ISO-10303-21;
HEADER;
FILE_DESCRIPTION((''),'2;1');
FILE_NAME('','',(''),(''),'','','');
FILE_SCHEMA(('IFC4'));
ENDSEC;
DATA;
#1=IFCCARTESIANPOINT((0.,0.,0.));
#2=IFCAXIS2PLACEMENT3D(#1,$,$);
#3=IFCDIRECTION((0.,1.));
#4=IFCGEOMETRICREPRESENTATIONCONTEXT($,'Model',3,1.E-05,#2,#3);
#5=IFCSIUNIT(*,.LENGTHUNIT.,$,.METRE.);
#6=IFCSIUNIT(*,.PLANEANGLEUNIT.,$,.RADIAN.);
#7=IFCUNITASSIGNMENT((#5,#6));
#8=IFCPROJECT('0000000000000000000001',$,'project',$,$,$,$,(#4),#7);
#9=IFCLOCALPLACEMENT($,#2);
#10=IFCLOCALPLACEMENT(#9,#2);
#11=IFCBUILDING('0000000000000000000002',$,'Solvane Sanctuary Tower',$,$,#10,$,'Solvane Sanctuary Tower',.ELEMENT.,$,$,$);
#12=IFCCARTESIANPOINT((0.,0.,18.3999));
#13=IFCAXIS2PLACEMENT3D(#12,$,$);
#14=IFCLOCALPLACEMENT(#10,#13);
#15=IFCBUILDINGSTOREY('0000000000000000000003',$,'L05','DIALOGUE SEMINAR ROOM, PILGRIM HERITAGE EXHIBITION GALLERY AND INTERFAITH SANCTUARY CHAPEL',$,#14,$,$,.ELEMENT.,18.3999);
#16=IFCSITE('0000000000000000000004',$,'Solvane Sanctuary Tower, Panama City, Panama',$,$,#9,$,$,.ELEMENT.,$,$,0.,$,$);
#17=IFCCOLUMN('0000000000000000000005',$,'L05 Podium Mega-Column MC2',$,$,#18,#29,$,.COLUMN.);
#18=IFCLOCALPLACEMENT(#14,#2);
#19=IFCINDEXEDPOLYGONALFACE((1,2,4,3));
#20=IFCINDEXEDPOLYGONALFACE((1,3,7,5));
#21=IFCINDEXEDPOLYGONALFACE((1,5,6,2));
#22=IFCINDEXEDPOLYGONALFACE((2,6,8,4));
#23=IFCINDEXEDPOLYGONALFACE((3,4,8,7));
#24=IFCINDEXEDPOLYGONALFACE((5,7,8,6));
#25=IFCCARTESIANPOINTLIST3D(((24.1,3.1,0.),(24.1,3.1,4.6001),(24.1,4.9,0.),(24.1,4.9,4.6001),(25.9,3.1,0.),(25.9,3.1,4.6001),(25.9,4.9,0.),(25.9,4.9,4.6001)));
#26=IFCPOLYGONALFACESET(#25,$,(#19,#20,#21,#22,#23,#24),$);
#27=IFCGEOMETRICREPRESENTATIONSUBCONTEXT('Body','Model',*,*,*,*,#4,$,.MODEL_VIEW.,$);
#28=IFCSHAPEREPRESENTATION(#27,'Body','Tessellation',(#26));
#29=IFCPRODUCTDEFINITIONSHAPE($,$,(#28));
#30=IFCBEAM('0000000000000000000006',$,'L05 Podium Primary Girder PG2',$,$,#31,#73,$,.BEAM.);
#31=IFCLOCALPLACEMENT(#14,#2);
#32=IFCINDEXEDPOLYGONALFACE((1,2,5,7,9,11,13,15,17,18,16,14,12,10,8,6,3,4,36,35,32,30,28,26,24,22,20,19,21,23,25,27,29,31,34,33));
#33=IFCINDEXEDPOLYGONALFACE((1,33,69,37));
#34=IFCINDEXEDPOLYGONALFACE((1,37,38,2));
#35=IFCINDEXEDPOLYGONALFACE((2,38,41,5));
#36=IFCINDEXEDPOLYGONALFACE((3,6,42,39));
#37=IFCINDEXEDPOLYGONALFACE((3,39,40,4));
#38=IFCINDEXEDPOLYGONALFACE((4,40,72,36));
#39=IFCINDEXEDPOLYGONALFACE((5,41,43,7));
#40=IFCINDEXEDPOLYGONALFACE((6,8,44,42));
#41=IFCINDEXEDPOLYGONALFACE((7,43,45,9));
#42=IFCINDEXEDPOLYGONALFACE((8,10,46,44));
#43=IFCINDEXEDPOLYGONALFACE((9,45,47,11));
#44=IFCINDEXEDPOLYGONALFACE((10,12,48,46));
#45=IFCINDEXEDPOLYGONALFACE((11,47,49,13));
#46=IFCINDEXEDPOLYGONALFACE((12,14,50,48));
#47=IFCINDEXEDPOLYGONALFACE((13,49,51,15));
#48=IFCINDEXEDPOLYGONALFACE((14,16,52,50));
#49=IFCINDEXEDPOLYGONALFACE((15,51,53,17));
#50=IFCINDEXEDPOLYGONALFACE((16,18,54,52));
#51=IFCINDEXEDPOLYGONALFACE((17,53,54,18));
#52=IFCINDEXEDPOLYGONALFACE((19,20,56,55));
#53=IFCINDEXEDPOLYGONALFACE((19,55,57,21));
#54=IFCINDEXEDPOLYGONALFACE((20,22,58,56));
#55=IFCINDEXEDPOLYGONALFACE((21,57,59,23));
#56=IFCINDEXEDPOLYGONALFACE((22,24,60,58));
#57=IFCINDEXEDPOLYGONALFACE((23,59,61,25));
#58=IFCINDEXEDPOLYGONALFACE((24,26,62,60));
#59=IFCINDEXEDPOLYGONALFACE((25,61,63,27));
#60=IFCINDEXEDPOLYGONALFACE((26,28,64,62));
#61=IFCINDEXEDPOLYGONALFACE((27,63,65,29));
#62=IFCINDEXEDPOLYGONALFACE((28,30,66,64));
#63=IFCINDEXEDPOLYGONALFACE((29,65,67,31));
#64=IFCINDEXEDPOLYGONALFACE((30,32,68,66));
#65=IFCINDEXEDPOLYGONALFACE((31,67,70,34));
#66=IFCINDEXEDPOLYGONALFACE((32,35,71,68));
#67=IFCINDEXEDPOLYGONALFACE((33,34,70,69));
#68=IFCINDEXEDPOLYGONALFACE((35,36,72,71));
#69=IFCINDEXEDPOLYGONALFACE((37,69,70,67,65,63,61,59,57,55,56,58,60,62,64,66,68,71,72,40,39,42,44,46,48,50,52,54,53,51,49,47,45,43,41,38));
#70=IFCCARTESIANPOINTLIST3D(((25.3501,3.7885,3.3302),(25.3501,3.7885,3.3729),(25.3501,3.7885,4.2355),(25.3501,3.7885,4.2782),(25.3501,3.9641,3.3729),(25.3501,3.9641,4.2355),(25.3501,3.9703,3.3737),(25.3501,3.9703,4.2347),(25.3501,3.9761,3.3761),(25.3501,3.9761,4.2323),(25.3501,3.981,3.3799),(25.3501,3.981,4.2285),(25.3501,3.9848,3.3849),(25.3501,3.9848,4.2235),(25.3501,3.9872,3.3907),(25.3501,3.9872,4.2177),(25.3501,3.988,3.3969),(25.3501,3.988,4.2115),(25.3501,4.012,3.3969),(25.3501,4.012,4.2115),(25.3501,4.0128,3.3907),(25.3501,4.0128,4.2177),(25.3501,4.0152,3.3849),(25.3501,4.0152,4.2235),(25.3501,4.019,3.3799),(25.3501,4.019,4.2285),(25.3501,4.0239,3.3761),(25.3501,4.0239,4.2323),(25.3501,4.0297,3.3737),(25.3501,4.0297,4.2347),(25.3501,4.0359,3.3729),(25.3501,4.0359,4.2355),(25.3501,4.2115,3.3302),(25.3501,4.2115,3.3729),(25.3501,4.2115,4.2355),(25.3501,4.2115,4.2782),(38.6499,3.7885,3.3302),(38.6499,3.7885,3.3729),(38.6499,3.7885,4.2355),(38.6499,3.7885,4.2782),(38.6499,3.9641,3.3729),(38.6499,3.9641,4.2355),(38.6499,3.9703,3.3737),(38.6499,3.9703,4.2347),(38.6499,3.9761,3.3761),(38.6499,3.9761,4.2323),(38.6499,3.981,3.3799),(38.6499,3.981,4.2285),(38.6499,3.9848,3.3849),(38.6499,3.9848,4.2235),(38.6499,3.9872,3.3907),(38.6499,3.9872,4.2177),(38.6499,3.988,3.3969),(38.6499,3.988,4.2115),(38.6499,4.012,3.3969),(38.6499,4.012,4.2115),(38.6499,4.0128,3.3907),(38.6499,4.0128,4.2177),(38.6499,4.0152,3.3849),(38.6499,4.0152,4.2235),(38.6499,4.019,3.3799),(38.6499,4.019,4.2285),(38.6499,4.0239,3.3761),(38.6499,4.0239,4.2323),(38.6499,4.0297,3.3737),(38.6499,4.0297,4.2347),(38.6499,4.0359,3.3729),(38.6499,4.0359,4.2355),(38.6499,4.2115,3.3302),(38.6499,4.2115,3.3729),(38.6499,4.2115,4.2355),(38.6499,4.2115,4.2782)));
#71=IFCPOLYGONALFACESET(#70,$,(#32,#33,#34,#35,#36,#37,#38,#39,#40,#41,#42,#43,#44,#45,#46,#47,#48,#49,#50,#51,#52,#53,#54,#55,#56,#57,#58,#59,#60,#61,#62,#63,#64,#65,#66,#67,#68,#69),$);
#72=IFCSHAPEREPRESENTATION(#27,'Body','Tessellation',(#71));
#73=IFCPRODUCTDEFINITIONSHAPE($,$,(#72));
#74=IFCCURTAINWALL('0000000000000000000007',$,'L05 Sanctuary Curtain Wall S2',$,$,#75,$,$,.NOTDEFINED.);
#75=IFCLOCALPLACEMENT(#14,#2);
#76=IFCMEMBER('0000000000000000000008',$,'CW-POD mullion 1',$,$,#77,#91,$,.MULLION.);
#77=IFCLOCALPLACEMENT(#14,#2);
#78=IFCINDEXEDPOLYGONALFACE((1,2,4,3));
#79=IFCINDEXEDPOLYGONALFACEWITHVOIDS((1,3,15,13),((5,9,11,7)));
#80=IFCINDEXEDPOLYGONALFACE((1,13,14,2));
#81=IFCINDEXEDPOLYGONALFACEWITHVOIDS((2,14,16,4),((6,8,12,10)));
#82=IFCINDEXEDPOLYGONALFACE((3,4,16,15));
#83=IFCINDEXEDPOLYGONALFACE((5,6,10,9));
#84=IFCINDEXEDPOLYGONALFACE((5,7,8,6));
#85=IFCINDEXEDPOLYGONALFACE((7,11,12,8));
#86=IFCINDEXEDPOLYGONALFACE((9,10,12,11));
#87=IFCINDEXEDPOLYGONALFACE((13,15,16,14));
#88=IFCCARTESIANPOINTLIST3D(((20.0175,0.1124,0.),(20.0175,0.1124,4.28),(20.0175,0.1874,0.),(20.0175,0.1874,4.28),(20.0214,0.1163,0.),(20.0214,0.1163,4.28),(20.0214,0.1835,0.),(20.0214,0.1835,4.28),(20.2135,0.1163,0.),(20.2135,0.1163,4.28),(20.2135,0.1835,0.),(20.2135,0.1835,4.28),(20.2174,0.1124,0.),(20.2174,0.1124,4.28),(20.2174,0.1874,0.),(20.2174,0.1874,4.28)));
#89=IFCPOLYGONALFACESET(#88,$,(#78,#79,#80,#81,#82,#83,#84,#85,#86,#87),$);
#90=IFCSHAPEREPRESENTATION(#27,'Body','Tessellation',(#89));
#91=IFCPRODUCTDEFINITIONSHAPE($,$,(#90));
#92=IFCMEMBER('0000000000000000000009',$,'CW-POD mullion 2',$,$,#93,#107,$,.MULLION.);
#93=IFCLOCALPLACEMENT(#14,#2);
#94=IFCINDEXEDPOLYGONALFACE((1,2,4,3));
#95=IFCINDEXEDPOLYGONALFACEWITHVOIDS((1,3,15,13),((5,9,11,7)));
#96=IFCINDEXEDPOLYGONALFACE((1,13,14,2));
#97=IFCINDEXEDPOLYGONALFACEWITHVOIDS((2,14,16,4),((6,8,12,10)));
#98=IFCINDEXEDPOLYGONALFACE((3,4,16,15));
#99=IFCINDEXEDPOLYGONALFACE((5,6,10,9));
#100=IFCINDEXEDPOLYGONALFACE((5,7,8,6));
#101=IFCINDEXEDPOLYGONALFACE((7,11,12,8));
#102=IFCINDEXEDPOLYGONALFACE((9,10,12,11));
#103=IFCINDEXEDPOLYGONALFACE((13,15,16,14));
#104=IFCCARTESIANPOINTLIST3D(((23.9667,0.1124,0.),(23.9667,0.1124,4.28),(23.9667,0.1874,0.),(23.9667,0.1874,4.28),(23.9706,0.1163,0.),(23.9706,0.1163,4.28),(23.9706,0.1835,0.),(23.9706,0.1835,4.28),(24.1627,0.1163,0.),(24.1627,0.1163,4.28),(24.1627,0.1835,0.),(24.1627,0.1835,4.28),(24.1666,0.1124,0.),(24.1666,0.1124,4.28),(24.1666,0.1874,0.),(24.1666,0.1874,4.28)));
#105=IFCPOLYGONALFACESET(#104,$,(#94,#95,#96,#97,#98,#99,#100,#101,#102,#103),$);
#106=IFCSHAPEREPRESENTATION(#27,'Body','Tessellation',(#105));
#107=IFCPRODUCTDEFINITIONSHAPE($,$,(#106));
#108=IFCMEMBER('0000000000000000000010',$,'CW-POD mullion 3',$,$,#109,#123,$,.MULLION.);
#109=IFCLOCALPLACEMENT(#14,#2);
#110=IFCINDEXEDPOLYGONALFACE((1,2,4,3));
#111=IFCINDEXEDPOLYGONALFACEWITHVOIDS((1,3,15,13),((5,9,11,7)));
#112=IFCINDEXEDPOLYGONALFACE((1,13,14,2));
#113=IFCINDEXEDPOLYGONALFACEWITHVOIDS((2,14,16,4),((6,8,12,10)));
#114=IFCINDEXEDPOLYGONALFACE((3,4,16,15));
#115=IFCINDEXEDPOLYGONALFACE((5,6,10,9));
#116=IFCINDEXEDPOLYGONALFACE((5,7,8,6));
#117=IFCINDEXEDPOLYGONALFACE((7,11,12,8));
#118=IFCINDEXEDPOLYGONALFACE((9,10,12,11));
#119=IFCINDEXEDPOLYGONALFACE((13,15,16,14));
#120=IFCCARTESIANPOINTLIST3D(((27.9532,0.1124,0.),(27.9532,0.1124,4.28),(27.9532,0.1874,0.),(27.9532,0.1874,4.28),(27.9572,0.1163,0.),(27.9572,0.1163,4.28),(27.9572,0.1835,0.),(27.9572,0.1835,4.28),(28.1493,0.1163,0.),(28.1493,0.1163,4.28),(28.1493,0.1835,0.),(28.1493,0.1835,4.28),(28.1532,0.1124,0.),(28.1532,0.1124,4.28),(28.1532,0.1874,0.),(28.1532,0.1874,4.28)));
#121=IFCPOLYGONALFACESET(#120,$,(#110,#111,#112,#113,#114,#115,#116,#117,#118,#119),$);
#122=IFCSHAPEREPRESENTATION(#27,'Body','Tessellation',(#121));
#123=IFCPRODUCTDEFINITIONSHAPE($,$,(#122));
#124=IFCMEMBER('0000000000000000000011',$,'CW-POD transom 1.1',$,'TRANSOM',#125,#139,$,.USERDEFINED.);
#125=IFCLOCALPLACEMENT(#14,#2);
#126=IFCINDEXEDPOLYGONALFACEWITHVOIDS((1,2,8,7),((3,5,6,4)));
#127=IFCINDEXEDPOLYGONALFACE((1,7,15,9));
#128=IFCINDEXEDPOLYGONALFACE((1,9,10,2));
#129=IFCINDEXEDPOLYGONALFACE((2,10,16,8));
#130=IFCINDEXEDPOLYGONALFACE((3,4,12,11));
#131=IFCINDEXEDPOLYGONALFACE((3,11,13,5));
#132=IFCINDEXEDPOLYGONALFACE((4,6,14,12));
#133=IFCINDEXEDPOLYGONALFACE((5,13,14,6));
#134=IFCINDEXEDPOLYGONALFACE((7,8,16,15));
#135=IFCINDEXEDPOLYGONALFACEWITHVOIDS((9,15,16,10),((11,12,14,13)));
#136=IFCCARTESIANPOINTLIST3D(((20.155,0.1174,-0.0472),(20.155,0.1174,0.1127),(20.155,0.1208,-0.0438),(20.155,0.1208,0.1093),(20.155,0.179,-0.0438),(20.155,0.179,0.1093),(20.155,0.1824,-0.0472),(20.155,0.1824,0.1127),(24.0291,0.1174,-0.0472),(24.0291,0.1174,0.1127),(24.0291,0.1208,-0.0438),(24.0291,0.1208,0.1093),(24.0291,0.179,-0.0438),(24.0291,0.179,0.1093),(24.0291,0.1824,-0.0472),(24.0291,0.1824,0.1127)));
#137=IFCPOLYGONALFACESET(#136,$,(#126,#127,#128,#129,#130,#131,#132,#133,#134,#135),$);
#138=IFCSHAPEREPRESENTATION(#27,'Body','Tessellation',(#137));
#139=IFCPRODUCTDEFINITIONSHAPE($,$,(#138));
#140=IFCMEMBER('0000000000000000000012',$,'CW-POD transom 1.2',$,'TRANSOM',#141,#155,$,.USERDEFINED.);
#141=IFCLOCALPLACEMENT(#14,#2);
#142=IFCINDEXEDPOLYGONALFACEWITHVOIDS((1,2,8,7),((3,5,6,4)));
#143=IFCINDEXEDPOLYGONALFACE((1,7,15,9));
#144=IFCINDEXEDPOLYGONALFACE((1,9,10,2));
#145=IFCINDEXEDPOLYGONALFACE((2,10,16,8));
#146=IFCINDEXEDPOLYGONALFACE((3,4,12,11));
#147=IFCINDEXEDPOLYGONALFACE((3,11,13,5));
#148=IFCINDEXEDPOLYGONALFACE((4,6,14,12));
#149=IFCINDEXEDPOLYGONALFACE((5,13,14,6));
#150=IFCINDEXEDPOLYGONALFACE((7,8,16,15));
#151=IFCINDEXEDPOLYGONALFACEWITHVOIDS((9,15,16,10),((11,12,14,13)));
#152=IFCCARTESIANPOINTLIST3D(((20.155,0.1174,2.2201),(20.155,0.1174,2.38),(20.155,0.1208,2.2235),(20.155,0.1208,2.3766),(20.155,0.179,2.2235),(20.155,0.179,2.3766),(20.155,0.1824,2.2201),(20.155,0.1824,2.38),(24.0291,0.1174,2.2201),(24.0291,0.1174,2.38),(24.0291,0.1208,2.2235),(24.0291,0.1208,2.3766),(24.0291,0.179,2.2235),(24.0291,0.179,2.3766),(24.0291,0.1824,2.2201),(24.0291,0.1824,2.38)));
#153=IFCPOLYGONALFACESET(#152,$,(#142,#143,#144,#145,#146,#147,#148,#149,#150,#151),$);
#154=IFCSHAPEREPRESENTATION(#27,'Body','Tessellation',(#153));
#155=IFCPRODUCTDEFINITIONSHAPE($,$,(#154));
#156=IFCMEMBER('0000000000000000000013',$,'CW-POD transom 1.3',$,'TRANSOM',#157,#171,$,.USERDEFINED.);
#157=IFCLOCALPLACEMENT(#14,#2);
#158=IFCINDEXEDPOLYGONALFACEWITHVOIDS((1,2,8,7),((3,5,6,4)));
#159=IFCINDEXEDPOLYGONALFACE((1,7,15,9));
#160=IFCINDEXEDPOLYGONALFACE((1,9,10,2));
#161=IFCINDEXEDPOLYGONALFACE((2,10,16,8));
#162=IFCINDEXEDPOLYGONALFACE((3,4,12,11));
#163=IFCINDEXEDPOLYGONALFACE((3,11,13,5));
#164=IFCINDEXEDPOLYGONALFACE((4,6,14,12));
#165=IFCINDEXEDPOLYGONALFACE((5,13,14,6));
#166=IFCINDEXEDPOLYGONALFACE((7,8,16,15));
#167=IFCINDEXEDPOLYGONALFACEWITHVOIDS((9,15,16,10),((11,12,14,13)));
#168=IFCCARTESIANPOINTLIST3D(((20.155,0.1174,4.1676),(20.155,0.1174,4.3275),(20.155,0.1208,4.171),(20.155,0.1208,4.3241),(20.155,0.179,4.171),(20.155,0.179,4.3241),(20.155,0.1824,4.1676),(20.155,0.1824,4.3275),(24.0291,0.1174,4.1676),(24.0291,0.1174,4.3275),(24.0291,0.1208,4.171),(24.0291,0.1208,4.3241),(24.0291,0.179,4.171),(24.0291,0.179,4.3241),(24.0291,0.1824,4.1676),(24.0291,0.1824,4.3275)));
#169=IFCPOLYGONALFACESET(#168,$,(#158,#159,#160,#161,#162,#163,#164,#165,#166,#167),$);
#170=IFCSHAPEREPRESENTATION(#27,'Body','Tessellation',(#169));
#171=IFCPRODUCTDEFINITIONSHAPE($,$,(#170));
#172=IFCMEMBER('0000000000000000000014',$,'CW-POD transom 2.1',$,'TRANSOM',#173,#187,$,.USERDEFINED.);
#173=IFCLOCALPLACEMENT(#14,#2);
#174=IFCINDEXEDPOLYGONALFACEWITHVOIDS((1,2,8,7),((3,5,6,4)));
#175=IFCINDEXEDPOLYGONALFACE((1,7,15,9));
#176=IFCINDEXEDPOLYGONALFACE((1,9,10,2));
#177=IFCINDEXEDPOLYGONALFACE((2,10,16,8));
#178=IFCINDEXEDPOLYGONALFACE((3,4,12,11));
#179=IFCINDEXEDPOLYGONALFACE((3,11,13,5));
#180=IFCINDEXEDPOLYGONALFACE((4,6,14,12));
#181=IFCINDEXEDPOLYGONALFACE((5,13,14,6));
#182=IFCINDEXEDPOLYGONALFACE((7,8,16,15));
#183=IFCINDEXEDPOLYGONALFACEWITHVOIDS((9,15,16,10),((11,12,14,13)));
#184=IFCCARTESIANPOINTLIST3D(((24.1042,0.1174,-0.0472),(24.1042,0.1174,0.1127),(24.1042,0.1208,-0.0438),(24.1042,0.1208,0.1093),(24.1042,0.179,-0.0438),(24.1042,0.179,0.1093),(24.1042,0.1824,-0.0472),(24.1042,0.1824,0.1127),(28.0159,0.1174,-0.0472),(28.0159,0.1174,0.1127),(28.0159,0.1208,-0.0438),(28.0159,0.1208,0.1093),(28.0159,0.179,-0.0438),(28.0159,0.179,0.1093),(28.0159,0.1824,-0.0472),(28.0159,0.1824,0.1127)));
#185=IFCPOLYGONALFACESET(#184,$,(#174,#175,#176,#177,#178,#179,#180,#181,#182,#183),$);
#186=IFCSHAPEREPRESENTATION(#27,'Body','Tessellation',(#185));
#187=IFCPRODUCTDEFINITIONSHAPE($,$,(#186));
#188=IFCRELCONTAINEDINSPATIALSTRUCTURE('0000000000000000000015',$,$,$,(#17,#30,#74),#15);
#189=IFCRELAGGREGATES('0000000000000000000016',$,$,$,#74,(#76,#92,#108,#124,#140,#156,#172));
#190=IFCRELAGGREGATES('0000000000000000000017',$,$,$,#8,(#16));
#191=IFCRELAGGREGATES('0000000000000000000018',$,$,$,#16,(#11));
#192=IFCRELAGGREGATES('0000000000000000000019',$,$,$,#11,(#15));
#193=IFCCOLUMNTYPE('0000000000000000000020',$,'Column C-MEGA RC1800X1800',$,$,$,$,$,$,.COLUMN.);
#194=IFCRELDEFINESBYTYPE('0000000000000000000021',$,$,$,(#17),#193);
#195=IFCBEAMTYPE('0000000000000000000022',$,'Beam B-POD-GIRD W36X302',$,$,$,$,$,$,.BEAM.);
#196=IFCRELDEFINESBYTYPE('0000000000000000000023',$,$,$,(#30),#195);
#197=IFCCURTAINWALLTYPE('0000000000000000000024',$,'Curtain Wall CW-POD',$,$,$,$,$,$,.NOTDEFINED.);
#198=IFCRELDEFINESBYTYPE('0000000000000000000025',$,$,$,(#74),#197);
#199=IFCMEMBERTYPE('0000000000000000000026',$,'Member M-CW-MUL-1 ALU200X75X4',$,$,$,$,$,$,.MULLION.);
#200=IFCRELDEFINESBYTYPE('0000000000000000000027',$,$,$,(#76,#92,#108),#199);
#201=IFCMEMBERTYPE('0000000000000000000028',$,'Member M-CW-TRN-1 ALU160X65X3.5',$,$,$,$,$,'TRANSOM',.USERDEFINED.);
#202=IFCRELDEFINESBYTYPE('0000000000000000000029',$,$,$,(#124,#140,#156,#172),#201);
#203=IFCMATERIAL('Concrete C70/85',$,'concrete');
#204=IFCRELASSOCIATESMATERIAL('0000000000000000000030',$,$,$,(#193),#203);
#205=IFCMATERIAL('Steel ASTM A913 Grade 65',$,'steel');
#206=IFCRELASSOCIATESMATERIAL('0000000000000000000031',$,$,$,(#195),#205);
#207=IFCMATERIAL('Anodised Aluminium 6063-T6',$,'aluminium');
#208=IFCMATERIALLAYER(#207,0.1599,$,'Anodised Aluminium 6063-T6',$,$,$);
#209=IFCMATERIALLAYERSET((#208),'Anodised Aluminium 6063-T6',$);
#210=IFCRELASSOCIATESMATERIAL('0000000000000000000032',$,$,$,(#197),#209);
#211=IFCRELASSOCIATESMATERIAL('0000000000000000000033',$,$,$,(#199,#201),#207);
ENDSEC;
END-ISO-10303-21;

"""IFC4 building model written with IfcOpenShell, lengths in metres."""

from ifc_helpers import new_model, si_unit, direction, frame, origin, origin_2d, place, context, subcontext, project, spatial, rectangle, hollow_rectangle, i_section, extrude, material, layer, layer_set, material_profile, profile_set, type_object, element, aggregate, save


model = new_model("IFC4")

# Units and contexts
model_context = context("Model", 3, precision=1e-05, world=origin(), true_north=direction((0.0, 1.0)))
body_context = subcontext(model_context, "Body", "Model", "MODEL_VIEW")
ifc_project = project(units=[si_unit("LENGTHUNIT", "METRE"), si_unit("PLANEANGLEUNIT", "RADIAN")], contexts=[model_context])

# Site, building, storey
site_placement = place(None, origin())
site = spatial("IfcSite", under=ifc_project, at=site_placement, Name="Solvane Sanctuary Tower, Panama City, Panama", CompositionType="ELEMENT", RefElevation=0.0)
building_placement = place(site_placement, origin())
building = spatial("IfcBuilding", under=site, at=building_placement, Name="Solvane Sanctuary Tower", LongName="Solvane Sanctuary Tower", CompositionType="ELEMENT")
storey_placement = place(building_placement, frame((0.0, 0.0, 18.3999)))
storey = spatial("IfcBuildingStorey", under=building, at=storey_placement, Name="L05", Description="DIALOGUE SEMINAR ROOM, PILGRIM HERITAGE EXHIBITION GALLERY AND INTERFAITH SANCTUARY CHAPEL", CompositionType="ELEMENT", Elevation=18.3999)

# Column
ifc_material_1 = material(Name="Concrete C70/85", Category="concrete")
ifc_material_profile_1 = material_profile(ifc_material_1, rectangle(XDim=1.8, YDim=1.8, at=origin_2d()), Name="RC1800X1800")
ifc_profile_set_1 = profile_set([ifc_material_profile_1], Name="Concrete C70/85")
column_type = type_object("IfcColumnType", Name="Column C-MEGA RC1800X1800", PredefinedType="COLUMN", material=ifc_profile_set_1)
column_placement = place(storey_placement, frame((25.0, 4.0, 0.0), z_axis=(0.0, 0.0, 1.0), x_axis=(1.0, 0.0, 0.0)))
element("IfcColumn", 1, at=column_placement, inside=storey, type_object=column_type, Name="L05 Podium Mega-Column MC2", PredefinedType="COLUMN", context=body_context, shape_type="SweptSolid", body=[
    extrude(rectangle(XDim=1.8, YDim=1.8, at=origin_2d()), origin(), (0.0, 0.0, 1.0), 4.6001),
])

# Beam
ifc_material_2 = material(Name="Steel ASTM A913 Grade 65", Category="steel")
ifc_material_profile_2 = material_profile(ifc_material_2, i_section(OverallWidth=0.4231, OverallDepth=0.948, WebThickness=0.0239, FlangeThickness=0.0427, FilletRadius=0.0239, at=origin_2d()), Name="W36X302")
ifc_profile_set_2 = profile_set([ifc_material_profile_2], Name="Steel ASTM A913 Grade 65")
beam_type = type_object("IfcBeamType", Name="Beam B-POD-GIRD W36X302", PredefinedType="BEAM", material=ifc_profile_set_2)
beam_placement = place(storey_placement, frame((25.3501, 4.0, 3.8042), z_axis=(1.0, 0.0, 0.0), x_axis=(0.0, 1.0, 0.0)))
element("IfcBeam", 2, at=beam_placement, inside=storey, type_object=beam_type, Name="L05 Podium Primary Girder PG2", PredefinedType="BEAM", context=body_context, shape_type="SweptSolid", body=[
    extrude(i_section(OverallWidth=0.4231, OverallDepth=0.948, WebThickness=0.0239, FlangeThickness=0.0427, FilletRadius=0.0239, at=origin_2d()), origin(), (0.0, 0.0, 1.0), 13.2998),
])

# Curtain wall, members
ifc_material_3 = material(Name="Anodised Aluminium 6063-T6", Category="aluminium")
ifc_layer_1 = layer(ifc_material_3, 0.1599, Name="Anodised Aluminium 6063-T6")
ifc_layer_set_1 = layer_set([ifc_layer_1], Name="Anodised Aluminium 6063-T6")
curtain_wall_type = type_object("IfcCurtainWallType", Name="Curtain Wall CW-POD", PredefinedType="NOTDEFINED", material=ifc_layer_set_1)
curtain_wall_placement = place(storey_placement, origin())
curtain_wall = element("IfcCurtainWall", 3, at=curtain_wall_placement, inside=storey, type_object=curtain_wall_type, Name="L05 Sanctuary Curtain Wall S2", PredefinedType="NOTDEFINED")
ifc_material_profile_3 = material_profile(ifc_material_3, hollow_rectangle(XDim=0.075, YDim=0.2, WallThickness=0.0039, at=origin_2d()), Name="ALU200X75X4")
ifc_profile_set_3 = profile_set([ifc_material_profile_3], Name="Anodised Aluminium 6063-T6")
member_type_1 = type_object("IfcMemberType", Name="Member M-CW-MUL-1 ALU200X75X4", PredefinedType="MULLION", material=ifc_profile_set_3)
member_1_placement = place(storey_placement, frame((20.1174, 0.1499, 0.0), z_axis=(0.0, 0.0, 1.0), x_axis=(0.0, 1.0, 0.0)))
member_1 = element("IfcMember", 4, at=member_1_placement, type_object=member_type_1, Name="CW-POD mullion 1", PredefinedType="MULLION", context=body_context, shape_type="SweptSolid", body=[
    extrude(hollow_rectangle(XDim=0.075, YDim=0.2, WallThickness=0.0039, at=origin_2d()), origin(), (0.0, 0.0, 1.0), 4.28),
])
member_2_placement = place(storey_placement, frame((24.0667, 0.1499, 0.0), z_axis=(0.0, 0.0, 1.0), x_axis=(0.0, 1.0, 0.0)))
member_2 = element("IfcMember", 5, at=member_2_placement, type_object=member_type_1, Name="CW-POD mullion 2", PredefinedType="MULLION", context=body_context, shape_type="SweptSolid", body=[
    extrude(hollow_rectangle(XDim=0.075, YDim=0.2, WallThickness=0.0039, at=origin_2d()), origin(), (0.0, 0.0, 1.0), 4.28),
])
member_3_placement = place(storey_placement, frame((28.0532, 0.1499, 0.0), z_axis=(0.0, 0.0, 1.0), x_axis=(0.0, 1.0, 0.0)))
member_3 = element("IfcMember", 6, at=member_3_placement, type_object=member_type_1, Name="CW-POD mullion 3", PredefinedType="MULLION", context=body_context, shape_type="SweptSolid", body=[
    extrude(hollow_rectangle(XDim=0.075, YDim=0.2, WallThickness=0.0039, at=origin_2d()), origin(), (0.0, 0.0, 1.0), 4.28),
])
ifc_material_profile_4 = material_profile(ifc_material_3, hollow_rectangle(XDim=0.0649, YDim=0.1599, WallThickness=0.0034, at=origin_2d()), Name="ALU160X65X3.5")
ifc_profile_set_4 = profile_set([ifc_material_profile_4], Name="Anodised Aluminium 6063-T6")
member_type_2 = type_object("IfcMemberType", Name="Member M-CW-TRN-1 ALU160X65X3.5", ElementType="TRANSOM", PredefinedType="USERDEFINED", material=ifc_profile_set_4)
member_4_placement = place(storey_placement, frame((20.155, 0.1499, 0.0327), z_axis=(1.0, 0.0, 0.0), x_axis=(0.0, 1.0, 0.0)))
member_4 = element("IfcMember", 7, at=member_4_placement, type_object=member_type_2, Name="CW-POD transom 1.1", ObjectType="TRANSOM", PredefinedType="USERDEFINED", context=body_context, shape_type="SweptSolid", body=[
    extrude(hollow_rectangle(XDim=0.0649, YDim=0.1599, WallThickness=0.0034, at=origin_2d()), origin(), (0.0, 0.0, 1.0), 3.874),
])
member_5_placement = place(storey_placement, frame((20.155, 0.1499, 2.3), z_axis=(1.0, 0.0, 0.0), x_axis=(0.0, 1.0, 0.0)))
member_5 = element("IfcMember", 8, at=member_5_placement, type_object=member_type_2, Name="CW-POD transom 1.2", ObjectType="TRANSOM", PredefinedType="USERDEFINED", context=body_context, shape_type="SweptSolid", body=[
    extrude(hollow_rectangle(XDim=0.0649, YDim=0.1599, WallThickness=0.0034, at=origin_2d()), origin(), (0.0, 0.0, 1.0), 3.874),
])
member_6_placement = place(storey_placement, frame((20.155, 0.1499, 4.2476), z_axis=(1.0, 0.0, 0.0), x_axis=(0.0, 1.0, 0.0)))
member_6 = element("IfcMember", 9, at=member_6_placement, type_object=member_type_2, Name="CW-POD transom 1.3", ObjectType="TRANSOM", PredefinedType="USERDEFINED", context=body_context, shape_type="SweptSolid", body=[
    extrude(hollow_rectangle(XDim=0.0649, YDim=0.1599, WallThickness=0.0034, at=origin_2d()), origin(), (0.0, 0.0, 1.0), 3.874),
])
member_7_placement = place(storey_placement, frame((24.1042, 0.1499, 0.0327), z_axis=(1.0, 0.0, 0.0), x_axis=(0.0, 1.0, 0.0)))
member_7 = element("IfcMember", 10, at=member_7_placement, type_object=member_type_2, Name="CW-POD transom 2.1", ObjectType="TRANSOM", PredefinedType="USERDEFINED", context=body_context, shape_type="SweptSolid", body=[
    extrude(hollow_rectangle(XDim=0.0649, YDim=0.1599, WallThickness=0.0034, at=origin_2d()), origin(), (0.0, 0.0, 1.0), 3.9116),
])
aggregate(curtain_wall, [member_1, member_2, member_3, member_4, member_5, member_6, member_7])

save(model, "model.ifc")
